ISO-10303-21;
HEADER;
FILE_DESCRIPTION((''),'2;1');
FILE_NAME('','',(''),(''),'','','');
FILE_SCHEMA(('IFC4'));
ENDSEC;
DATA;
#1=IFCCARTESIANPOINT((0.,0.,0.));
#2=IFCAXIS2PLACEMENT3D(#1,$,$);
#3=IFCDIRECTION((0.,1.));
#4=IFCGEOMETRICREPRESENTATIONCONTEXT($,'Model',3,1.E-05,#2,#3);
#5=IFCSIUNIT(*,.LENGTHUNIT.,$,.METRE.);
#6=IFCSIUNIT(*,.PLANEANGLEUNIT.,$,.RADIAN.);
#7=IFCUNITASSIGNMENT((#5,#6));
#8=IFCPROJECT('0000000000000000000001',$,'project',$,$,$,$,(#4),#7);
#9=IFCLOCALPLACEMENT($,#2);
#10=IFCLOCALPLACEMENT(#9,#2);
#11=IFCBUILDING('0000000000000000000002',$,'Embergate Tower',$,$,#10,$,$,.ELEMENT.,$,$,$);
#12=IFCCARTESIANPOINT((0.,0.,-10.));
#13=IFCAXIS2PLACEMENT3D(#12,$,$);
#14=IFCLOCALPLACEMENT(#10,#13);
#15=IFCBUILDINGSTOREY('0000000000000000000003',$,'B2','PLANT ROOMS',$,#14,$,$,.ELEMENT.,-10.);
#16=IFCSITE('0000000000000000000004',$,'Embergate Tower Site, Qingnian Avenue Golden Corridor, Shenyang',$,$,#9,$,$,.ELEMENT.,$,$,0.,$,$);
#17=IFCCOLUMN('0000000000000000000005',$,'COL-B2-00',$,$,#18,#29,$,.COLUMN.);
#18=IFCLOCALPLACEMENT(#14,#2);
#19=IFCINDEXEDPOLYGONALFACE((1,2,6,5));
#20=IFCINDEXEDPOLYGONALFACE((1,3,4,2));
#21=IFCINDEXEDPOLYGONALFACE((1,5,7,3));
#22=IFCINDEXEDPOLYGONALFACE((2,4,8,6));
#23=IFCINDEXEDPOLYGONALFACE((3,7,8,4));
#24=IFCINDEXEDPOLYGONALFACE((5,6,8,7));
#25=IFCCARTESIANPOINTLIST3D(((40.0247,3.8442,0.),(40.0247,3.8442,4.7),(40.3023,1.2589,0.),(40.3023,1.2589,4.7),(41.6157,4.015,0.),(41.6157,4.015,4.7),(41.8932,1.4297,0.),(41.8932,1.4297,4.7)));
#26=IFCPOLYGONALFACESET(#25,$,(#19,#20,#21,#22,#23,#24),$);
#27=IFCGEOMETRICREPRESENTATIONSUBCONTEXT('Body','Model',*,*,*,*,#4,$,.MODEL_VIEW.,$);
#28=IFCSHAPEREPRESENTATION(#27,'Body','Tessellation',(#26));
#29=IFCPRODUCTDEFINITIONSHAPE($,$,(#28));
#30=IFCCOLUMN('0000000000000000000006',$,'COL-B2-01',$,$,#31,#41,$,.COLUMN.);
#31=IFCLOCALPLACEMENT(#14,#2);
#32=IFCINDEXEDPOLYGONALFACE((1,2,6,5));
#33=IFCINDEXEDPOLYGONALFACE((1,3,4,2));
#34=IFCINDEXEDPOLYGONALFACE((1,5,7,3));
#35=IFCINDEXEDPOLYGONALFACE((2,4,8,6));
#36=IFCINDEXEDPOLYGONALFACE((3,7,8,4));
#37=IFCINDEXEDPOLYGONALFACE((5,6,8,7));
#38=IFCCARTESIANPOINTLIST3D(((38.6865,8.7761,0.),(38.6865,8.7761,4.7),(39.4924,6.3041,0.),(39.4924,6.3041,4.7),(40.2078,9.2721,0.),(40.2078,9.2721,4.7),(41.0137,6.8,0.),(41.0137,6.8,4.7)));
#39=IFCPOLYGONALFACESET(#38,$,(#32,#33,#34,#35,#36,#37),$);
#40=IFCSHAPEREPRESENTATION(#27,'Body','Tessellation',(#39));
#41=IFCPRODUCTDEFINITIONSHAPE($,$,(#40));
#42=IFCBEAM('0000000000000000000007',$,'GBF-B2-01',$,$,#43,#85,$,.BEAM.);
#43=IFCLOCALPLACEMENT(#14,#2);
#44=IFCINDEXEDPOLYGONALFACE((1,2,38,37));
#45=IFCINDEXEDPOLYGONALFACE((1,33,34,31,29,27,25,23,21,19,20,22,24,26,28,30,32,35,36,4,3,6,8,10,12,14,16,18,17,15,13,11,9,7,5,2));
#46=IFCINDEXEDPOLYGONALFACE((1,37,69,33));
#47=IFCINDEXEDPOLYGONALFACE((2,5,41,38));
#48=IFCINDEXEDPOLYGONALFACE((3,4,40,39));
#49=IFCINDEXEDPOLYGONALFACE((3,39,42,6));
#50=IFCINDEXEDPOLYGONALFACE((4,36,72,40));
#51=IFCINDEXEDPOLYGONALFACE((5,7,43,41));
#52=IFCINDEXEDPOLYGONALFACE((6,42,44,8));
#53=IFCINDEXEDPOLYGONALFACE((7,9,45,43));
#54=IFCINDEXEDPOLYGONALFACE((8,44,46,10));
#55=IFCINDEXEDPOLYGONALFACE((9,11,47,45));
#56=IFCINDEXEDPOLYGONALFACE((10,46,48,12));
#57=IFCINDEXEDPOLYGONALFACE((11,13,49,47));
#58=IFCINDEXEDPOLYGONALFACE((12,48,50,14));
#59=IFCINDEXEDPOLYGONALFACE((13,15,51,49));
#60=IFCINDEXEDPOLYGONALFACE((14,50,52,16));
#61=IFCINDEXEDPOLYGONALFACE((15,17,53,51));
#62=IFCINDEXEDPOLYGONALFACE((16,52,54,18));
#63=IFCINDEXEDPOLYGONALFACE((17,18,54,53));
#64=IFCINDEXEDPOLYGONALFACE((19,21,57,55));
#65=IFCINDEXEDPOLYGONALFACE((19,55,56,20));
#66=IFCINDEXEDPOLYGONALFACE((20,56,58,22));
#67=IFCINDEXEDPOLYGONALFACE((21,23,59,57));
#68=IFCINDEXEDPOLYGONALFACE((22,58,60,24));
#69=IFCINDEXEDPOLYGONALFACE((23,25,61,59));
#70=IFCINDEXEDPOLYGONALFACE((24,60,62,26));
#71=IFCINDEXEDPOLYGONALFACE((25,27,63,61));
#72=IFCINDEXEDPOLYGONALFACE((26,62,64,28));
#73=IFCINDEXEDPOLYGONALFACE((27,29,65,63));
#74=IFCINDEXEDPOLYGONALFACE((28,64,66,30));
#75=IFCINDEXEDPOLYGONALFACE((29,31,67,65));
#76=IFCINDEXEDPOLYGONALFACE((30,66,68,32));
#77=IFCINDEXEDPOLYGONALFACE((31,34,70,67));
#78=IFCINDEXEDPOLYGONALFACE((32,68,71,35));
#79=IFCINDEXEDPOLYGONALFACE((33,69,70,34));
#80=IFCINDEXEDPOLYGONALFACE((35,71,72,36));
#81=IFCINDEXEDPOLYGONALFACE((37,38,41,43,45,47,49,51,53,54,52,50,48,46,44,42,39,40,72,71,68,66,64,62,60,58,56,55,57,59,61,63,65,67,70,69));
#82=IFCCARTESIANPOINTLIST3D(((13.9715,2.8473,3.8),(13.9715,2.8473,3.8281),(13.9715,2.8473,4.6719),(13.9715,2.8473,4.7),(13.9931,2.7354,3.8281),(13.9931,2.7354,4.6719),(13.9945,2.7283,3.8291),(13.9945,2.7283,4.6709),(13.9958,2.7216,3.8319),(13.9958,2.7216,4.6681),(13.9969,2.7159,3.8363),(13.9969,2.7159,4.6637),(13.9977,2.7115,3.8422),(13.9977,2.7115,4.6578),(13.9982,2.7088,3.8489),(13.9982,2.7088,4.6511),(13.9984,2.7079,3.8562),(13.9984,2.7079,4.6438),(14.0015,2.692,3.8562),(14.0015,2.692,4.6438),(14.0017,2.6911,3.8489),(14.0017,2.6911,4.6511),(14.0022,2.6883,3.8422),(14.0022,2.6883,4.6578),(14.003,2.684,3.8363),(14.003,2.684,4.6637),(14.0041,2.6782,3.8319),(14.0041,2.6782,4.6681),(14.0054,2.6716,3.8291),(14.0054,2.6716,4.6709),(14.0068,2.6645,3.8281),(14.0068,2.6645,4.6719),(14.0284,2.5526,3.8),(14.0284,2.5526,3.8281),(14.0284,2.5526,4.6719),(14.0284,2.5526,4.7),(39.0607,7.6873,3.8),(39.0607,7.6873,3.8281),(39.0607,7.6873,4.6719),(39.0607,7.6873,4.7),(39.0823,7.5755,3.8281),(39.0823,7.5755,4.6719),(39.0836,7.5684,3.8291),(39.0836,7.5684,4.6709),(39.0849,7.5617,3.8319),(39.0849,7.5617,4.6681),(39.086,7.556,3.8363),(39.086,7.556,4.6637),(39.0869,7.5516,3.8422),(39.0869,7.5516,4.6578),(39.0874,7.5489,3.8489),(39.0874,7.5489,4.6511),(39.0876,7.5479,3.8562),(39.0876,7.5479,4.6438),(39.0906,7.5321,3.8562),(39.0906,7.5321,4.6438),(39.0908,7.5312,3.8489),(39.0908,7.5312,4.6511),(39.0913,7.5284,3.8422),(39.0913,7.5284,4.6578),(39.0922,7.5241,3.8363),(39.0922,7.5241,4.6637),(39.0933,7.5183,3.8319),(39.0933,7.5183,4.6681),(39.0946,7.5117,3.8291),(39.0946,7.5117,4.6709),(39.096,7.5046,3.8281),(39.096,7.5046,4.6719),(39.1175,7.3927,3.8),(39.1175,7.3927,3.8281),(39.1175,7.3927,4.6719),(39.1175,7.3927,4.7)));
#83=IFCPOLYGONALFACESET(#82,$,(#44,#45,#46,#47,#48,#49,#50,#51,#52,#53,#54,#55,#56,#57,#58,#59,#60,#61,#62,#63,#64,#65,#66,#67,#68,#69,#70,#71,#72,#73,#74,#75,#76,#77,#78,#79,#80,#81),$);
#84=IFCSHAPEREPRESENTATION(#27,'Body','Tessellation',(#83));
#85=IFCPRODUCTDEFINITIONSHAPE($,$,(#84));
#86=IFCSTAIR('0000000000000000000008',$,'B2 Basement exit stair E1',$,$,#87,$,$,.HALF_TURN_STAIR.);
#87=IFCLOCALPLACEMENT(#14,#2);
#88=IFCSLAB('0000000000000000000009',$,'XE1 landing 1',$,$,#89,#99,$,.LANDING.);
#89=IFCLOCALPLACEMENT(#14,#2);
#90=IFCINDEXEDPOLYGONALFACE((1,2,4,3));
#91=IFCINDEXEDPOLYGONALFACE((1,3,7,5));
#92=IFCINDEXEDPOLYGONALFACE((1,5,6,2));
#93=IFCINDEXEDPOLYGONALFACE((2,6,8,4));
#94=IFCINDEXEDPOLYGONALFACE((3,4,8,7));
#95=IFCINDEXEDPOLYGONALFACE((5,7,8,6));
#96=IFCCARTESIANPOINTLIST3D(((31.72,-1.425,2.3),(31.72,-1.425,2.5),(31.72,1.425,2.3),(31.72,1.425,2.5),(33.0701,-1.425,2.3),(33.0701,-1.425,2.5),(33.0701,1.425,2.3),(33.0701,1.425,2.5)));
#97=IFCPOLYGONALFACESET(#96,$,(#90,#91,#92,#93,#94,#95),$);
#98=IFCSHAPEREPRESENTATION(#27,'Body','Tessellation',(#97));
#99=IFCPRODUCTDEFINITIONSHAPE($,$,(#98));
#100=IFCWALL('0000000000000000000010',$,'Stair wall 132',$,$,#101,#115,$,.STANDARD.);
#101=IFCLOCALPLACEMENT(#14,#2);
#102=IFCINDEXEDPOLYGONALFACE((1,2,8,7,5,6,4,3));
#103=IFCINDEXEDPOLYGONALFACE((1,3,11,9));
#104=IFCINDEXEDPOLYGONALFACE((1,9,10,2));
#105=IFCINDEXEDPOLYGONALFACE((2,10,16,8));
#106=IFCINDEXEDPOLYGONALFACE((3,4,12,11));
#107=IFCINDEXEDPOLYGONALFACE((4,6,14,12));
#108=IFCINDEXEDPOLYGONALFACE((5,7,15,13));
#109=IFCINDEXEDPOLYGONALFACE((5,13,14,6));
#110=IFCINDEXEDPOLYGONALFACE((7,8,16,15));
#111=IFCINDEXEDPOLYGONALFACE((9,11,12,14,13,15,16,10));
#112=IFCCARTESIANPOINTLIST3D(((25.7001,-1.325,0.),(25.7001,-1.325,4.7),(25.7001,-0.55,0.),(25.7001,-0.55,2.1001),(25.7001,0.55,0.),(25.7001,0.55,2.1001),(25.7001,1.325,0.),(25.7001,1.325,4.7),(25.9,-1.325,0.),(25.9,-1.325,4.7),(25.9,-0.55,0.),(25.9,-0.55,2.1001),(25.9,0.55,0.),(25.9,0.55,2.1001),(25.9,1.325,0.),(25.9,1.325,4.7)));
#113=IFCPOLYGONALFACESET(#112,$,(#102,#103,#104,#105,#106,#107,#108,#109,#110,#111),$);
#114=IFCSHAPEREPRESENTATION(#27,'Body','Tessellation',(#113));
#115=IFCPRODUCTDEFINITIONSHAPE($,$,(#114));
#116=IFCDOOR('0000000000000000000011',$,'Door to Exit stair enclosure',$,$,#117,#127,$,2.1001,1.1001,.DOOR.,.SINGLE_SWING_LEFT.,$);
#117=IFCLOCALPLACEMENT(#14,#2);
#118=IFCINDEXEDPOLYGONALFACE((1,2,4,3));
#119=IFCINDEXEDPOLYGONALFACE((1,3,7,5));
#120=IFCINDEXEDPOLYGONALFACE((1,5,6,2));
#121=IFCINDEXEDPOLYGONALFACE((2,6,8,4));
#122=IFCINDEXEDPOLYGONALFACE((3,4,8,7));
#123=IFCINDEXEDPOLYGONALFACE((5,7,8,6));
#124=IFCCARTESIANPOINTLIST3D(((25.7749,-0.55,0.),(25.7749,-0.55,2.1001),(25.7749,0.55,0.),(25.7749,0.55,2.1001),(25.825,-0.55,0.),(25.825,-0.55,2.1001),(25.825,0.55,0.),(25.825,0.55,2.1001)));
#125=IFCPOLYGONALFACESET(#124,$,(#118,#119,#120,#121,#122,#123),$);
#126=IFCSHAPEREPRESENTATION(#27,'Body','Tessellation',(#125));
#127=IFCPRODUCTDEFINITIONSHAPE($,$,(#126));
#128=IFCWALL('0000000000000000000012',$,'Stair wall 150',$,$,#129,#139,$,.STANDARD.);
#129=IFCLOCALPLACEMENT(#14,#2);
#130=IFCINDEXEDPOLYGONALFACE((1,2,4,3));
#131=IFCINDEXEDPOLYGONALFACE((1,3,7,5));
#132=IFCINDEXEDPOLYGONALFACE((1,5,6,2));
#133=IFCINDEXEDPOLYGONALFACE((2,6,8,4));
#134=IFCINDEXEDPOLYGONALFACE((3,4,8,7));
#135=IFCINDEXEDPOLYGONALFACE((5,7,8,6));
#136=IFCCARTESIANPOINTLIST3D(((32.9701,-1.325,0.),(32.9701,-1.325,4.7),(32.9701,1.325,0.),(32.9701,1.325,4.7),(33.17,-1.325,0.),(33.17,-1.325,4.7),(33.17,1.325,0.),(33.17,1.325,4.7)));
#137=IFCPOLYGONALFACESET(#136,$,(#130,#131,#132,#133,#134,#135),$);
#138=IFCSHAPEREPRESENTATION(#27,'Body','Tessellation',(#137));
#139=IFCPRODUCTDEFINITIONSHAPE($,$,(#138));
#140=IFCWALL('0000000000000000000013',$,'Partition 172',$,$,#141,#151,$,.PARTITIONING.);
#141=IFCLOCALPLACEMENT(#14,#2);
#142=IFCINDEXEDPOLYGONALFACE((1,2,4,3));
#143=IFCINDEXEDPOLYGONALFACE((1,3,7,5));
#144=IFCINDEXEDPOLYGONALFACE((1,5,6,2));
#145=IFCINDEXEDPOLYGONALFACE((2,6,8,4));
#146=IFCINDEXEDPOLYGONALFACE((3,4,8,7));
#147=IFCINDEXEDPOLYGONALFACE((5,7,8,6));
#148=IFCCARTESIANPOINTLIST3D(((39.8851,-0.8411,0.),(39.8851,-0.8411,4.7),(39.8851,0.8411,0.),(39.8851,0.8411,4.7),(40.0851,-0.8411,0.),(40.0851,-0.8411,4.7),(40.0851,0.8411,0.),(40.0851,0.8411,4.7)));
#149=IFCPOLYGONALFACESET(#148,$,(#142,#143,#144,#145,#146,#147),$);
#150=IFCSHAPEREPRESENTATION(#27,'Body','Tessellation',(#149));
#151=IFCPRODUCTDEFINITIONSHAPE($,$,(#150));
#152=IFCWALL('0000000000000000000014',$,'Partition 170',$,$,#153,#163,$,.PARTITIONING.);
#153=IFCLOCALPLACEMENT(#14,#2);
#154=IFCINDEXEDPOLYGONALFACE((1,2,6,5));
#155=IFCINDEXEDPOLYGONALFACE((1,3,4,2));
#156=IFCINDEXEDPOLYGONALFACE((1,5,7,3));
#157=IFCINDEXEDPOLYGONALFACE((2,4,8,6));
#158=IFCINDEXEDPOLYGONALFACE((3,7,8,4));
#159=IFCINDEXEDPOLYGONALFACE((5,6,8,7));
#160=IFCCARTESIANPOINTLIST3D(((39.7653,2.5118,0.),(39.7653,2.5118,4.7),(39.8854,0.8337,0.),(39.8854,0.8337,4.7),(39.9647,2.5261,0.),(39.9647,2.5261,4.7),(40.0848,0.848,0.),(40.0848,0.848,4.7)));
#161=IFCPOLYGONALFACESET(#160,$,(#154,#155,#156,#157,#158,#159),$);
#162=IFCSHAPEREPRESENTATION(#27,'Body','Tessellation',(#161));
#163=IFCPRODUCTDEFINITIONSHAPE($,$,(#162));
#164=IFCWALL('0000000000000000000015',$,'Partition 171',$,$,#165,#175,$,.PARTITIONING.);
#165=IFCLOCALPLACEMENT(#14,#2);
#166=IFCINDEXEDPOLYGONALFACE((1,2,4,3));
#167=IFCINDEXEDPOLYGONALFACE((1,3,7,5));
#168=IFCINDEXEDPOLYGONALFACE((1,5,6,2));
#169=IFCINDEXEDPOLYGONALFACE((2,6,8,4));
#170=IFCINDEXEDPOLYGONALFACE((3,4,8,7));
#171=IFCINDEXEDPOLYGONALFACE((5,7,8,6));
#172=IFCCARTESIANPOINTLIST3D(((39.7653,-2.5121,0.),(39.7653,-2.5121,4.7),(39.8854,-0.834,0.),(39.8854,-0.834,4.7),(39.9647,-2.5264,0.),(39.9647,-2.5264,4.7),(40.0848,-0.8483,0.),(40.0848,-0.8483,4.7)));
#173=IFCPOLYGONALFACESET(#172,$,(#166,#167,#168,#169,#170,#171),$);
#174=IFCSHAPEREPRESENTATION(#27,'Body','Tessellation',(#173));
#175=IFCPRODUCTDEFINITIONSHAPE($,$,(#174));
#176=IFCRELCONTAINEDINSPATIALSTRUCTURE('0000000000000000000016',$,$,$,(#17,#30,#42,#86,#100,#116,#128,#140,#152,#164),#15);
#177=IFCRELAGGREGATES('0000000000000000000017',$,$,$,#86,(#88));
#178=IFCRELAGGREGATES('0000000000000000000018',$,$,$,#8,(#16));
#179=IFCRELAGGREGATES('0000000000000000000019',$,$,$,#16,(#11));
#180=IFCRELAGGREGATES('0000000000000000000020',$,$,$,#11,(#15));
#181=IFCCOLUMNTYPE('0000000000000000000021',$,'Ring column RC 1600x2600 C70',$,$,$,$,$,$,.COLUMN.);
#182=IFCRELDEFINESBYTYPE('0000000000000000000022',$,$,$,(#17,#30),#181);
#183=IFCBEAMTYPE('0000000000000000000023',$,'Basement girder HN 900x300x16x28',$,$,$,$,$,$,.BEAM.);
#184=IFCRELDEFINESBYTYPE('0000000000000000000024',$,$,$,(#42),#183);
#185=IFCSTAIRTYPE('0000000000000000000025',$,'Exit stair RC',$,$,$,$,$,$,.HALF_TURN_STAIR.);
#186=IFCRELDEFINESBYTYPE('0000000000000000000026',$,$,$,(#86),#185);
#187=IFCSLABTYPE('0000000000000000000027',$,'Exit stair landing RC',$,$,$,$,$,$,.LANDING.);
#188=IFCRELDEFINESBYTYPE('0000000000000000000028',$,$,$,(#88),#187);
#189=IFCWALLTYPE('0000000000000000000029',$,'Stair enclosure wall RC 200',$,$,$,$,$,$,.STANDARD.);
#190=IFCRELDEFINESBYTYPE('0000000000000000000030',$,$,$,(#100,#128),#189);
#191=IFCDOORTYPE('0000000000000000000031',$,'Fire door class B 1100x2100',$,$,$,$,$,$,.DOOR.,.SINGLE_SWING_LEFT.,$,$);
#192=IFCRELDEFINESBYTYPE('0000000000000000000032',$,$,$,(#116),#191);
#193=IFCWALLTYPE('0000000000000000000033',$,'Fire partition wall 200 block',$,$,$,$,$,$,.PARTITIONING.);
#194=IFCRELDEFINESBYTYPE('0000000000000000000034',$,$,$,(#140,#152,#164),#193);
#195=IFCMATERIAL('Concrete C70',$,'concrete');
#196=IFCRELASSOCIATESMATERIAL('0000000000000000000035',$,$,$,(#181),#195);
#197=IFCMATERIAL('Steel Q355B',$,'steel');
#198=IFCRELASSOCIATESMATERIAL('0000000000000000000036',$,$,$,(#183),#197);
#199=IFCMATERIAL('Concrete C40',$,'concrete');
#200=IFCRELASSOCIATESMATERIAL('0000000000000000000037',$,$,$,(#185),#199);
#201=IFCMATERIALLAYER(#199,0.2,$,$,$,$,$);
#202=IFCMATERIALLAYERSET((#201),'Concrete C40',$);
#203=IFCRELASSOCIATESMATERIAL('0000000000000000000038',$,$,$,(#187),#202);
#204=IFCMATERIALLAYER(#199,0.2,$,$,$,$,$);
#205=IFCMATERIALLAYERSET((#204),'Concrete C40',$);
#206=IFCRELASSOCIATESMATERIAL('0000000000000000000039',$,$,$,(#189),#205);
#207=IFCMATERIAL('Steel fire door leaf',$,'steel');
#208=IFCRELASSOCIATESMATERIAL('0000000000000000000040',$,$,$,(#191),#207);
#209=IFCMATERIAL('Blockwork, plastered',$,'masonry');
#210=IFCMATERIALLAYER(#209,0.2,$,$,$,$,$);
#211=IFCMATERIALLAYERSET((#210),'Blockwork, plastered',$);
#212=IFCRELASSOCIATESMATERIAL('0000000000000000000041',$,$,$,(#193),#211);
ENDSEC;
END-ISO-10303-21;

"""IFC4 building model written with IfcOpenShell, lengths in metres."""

from ifc_helpers import new_model, si_unit, direction, frame, frame_2d, origin, origin_2d, place, context, subcontext, project, spatial, polyline, rectangle, i_section, outline, extrude, source, transform, mapped, material, layer, layer_set, material_profile, profile_set, type_object, element, fill, aggregate, save


model = new_model("IFC4")

# Units and contexts
model_context = context("Model", 3, precision=1e-05, world=origin(), true_north=direction((0.0, 1.0)))
body_context = subcontext(model_context, "Body", "Model", "MODEL_VIEW")
ifc_project = project(units=[si_unit("LENGTHUNIT", "METRE"), si_unit("PLANEANGLEUNIT", "RADIAN")], contexts=[model_context])

# Site, building, storey
site_placement = place(None, origin())
site = spatial("IfcSite", under=ifc_project, at=site_placement, Name="Embergate Tower Site, Qingnian Avenue Golden Corridor, Shenyang", CompositionType="ELEMENT", RefElevation=0.0)
building_placement = place(site_placement, origin())
building = spatial("IfcBuilding", under=site, at=building_placement, Name="Embergate Tower", CompositionType="ELEMENT")
storey_placement = place(building_placement, frame((0.0, 0.0, -10.0)))
storey = spatial("IfcBuildingStorey", under=building, at=storey_placement, Name="B2", Description="PLANT ROOMS", CompositionType="ELEMENT", Elevation=-10.0)

# Shared definitions
ifc_material_1 = material(Name="Concrete C40", Category="concrete")

# Columns
ifc_material_2 = material(Name="Concrete C70", Category="concrete")
ifc_material_profile_1 = material_profile(ifc_material_2, rectangle(XDim=1.6001, YDim=2.6001, at=origin_2d()), Name="RC 1600x2600")
ifc_profile_set_1 = profile_set([ifc_material_profile_1], Name="Concrete C70")
column_type = type_object("IfcColumnType", Name="Ring column RC 1600x2600 C70", PredefinedType="COLUMN", material=ifc_profile_set_1)
shared_shape_1 = source(origin(), body_context, "Body", "SweptSolid", [
    extrude(rectangle(XDim=1.6001, YDim=2.6001, at=origin_2d()), origin(), (0.0, 0.0, 1.0), 4.7),
])
for number, where, z_axis, x_axis, name in (
    (1, (40.959, 2.637, 0.0), (0.0, 0.0, 1.0), (0.994286, 0.10675, 0.0), "COL-B2-00"),
    (2, (39.8501, 7.7881, 0.0), (0.0, 0.0, 1.0), (0.950754, 0.309946, 0.0), "COL-B2-01"),
):
    element("IfcColumn", number, at=place(storey_placement, frame(where, z_axis=z_axis, x_axis=x_axis)), inside=storey, type_object=column_type, Name=name, PredefinedType="COLUMN", context=body_context, shape_type="MappedRepresentation", body=[
        mapped(shared_shape_1, transform((0.0, 0.0, 0.0))),
    ])

# Beam
ifc_material_3 = material(Name="Steel Q355B", Category="steel")
ifc_material_profile_2 = material_profile(ifc_material_3, i_section(OverallWidth=0.3, OverallDepth=0.8999, WebThickness=0.0161, FlangeThickness=0.0281, FilletRadius=0.0281, at=origin_2d()), Name="HN 900x300x16x28")
ifc_profile_set_2 = profile_set([ifc_material_profile_2], Name="Steel Q355 grade B")
beam_type = type_object("IfcBeamType", Name="Basement girder HN 900x300x16x28", PredefinedType="BEAM", material=ifc_profile_set_2)
shared_shape_2 = source(origin(), body_context, "Body", "SweptSolid", [
    extrude(i_section(OverallWidth=0.3, OverallDepth=0.8999, WebThickness=0.0161, FlangeThickness=0.0281, FilletRadius=0.0281, at=origin_2d()), origin(), (0.0, 0.0, 1.0), 25.5518),
])
beam_placement = place(storey_placement, frame((39.0891, 7.54, 4.25), z_axis=(-0.981896, -0.189423, 0.0), x_axis=(0.189423, -0.981896, 0.0)))
element("IfcBeam", 3, at=beam_placement, inside=storey, type_object=beam_type, Name="GBF-B2-01", PredefinedType="BEAM", context=body_context, shape_type="MappedRepresentation", body=[
    mapped(shared_shape_2, transform((0.0, 0.0, 0.0))),
])

# Stair, slab
stair_type = type_object("IfcStairType", Name="Exit stair RC", PredefinedType="HALF_TURN_STAIR", material=ifc_material_1)
stair_placement = place(storey_placement, origin())
stair = element("IfcStair", 4, at=stair_placement, inside=storey, type_object=stair_type, Name="B2 Basement exit stair E1", PredefinedType="HALF_TURN_STAIR")
ifc_layer_1 = layer(ifc_material_1, 0.2)
ifc_layer_set_1 = layer_set([ifc_layer_1], Name="Concrete C40")
slab_type = type_object("IfcSlabType", Name="Exit stair landing RC", PredefinedType="LANDING", material=ifc_layer_set_1)
shared_shape_3 = source(origin(), body_context, "Body", "SweptSolid", [
    extrude(outline(polyline([(0.0, 0.0), (1.3501, 0.0), (1.3501, 2.8501), (0.0, 2.8501), (0.0, 0.0)])), origin(), (0.0, 0.0, 1.0), 0.2),
])
slab_placement = place(storey_placement, frame((31.72, -1.425, 2.3)))
slab = element("IfcSlab", 5, at=slab_placement, type_object=slab_type, Name="XE1 landing 1", PredefinedType="LANDING", context=body_context, shape_type="MappedRepresentation", body=[
    mapped(shared_shape_3, transform((0.0, 0.0, 0.0))),
])

# Wall, opening, door
ifc_layer_2 = layer(ifc_material_1, 0.2)
ifc_layer_set_2 = layer_set([ifc_layer_2], Name="Concrete C40")
wall_type_1 = type_object("IfcWallType", Name="Stair enclosure wall RC 200", PredefinedType="STANDARD", material=ifc_layer_set_2)
shared_shape_4 = source(origin(), body_context, "Body", "SweptSolid", [
    extrude(rectangle(XDim=2.6499, YDim=0.2, at=frame_2d((1.325, 0.0))), origin(), (0.0, 0.0, 1.0), 4.7),
])
wall_1_placement = place(storey_placement, frame((25.8, 1.325, 0.0), z_axis=(0.0, 0.0, 1.0), x_axis=(0.0, -1.0, 0.0)))
wall_1 = element("IfcWall", 6, at=wall_1_placement, inside=storey, type_object=wall_type_1, Name="Stair wall 132", PredefinedType="STANDARD", context=body_context, shape_type="MappedRepresentation", body=[
    mapped(shared_shape_4, transform((0.0, 0.0, 0.0))),
])
shared_shape_5 = source(origin(), body_context, "Body", "SweptSolid", [
    extrude(rectangle(XDim=1.1001, YDim=2.1001, at=frame_2d((0.55, 1.05))), frame((0.0, 0.1099, 0.0), z_axis=(0.0, -1.0, 0.0), x_axis=(1.0, 0.0, 0.0)), (0.0, 0.0, 1.0), 0.22),
])
opening_placement = place(wall_1_placement, frame((0.7749, 0.0, 0.0)))
opening = element("IfcOpeningElement", 7, at=opening_placement, cuts=wall_1, PredefinedType="OPENING", context=body_context, shape_type="MappedRepresentation", body=[
    mapped(shared_shape_5, transform((0.0, 0.0, 0.0))),
])
ifc_material_4 = material(Name="Steel fire door leaf", Category="steel")
door_type = type_object("IfcDoorType", Name="Fire door class B 1100x2100", OperationType="SINGLE_SWING_LEFT", PredefinedType="DOOR", material=ifc_material_4)
shared_shape_6 = source(origin(), body_context, "Body", "SweptSolid", [
    extrude(rectangle(XDim=1.1001, YDim=2.1001, at=frame_2d((0.55, 1.05))), frame((0.0, 0.0249, 0.0), z_axis=(0.0, -1.0, 0.0), x_axis=(1.0, 0.0, 0.0)), (0.0, 0.0, 1.0), 0.05),
])
door_placement = place(opening_placement, origin())
door = element("IfcDoor", 8, at=door_placement, inside=storey, type_object=door_type, Name="Door to Exit stair enclosure", OperationType="SINGLE_SWING_LEFT", OverallHeight=2.1001, OverallWidth=1.1001, PredefinedType="DOOR", context=body_context, shape_type="MappedRepresentation", body=[
    mapped(shared_shape_6, transform((0.0, 0.0, 0.0))),
])
fill(opening, door)

# Walls
wall_2_placement = place(storey_placement, frame((33.0701, 1.325, 0.0), z_axis=(0.0, 0.0, 1.0), x_axis=(0.0, -1.0, 0.0)))
element("IfcWall", 9, at=wall_2_placement, inside=storey, type_object=wall_type_1, Name="Stair wall 150", PredefinedType="STANDARD", context=body_context, shape_type="MappedRepresentation", body=[
    mapped(shared_shape_4, transform((0.0, 0.0, 0.0))),
])
ifc_material_5 = material(Name="Blockwork, plastered", Category="masonry")
ifc_layer_3 = layer(ifc_material_5, 0.2)
ifc_layer_set_3 = layer_set([ifc_layer_3], Name="Blockwork, plastered")
wall_type_2 = type_object("IfcWallType", Name="Fire partition wall 200 block", PredefinedType="PARTITIONING", material=ifc_layer_set_3)
shared_shape_7 = source(origin(), body_context, "Body", "SweptSolid", [
    extrude(rectangle(XDim=1.6821, YDim=0.2, at=frame_2d((0.8411, 0.0))), origin(), (0.0, 0.0, 1.0), 4.7),
])
wall_3_placement = place(storey_placement, frame((39.9851, 0.8411, 0.0), z_axis=(0.0, 0.0, 1.0), x_axis=(0.0, -1.0, 0.0)))
element("IfcWall", 10, at=wall_3_placement, inside=storey, type_object=wall_type_2, Name="Partition 172", PredefinedType="PARTITIONING", context=body_context, shape_type="MappedRepresentation", body=[
    mapped(shared_shape_7, transform((0.0, 0.0, 0.0))),
])
shared_shape_8 = source(origin(), body_context, "Body", "SweptSolid", [
    extrude(rectangle(XDim=1.6824, YDim=0.2, at=frame_2d((0.8413, 0.0))), origin(), (0.0, 0.0, 1.0), 4.7),
])
for number, where, z_axis, x_axis, name in (
    (11, (39.865, 2.519, 0.0), (0.0, 0.0, 1.0), (0.071402, -0.997448, 0.0), "Partition 170"),
    (12, (39.9851, -0.8411, 0.0), (0.0, 0.0, 1.0), (-0.071402, -0.997448, 0.0), "Partition 171"),
):
    element("IfcWall", number, at=place(storey_placement, frame(where, z_axis=z_axis, x_axis=x_axis)), inside=storey, type_object=wall_type_2, Name=name, PredefinedType="PARTITIONING", context=body_context, shape_type="MappedRepresentation", body=[
        mapped(shared_shape_8, transform((0.0, 0.0, 0.0))),
    ])

aggregate(stair, [slab])

save(model, "model.ifc")
